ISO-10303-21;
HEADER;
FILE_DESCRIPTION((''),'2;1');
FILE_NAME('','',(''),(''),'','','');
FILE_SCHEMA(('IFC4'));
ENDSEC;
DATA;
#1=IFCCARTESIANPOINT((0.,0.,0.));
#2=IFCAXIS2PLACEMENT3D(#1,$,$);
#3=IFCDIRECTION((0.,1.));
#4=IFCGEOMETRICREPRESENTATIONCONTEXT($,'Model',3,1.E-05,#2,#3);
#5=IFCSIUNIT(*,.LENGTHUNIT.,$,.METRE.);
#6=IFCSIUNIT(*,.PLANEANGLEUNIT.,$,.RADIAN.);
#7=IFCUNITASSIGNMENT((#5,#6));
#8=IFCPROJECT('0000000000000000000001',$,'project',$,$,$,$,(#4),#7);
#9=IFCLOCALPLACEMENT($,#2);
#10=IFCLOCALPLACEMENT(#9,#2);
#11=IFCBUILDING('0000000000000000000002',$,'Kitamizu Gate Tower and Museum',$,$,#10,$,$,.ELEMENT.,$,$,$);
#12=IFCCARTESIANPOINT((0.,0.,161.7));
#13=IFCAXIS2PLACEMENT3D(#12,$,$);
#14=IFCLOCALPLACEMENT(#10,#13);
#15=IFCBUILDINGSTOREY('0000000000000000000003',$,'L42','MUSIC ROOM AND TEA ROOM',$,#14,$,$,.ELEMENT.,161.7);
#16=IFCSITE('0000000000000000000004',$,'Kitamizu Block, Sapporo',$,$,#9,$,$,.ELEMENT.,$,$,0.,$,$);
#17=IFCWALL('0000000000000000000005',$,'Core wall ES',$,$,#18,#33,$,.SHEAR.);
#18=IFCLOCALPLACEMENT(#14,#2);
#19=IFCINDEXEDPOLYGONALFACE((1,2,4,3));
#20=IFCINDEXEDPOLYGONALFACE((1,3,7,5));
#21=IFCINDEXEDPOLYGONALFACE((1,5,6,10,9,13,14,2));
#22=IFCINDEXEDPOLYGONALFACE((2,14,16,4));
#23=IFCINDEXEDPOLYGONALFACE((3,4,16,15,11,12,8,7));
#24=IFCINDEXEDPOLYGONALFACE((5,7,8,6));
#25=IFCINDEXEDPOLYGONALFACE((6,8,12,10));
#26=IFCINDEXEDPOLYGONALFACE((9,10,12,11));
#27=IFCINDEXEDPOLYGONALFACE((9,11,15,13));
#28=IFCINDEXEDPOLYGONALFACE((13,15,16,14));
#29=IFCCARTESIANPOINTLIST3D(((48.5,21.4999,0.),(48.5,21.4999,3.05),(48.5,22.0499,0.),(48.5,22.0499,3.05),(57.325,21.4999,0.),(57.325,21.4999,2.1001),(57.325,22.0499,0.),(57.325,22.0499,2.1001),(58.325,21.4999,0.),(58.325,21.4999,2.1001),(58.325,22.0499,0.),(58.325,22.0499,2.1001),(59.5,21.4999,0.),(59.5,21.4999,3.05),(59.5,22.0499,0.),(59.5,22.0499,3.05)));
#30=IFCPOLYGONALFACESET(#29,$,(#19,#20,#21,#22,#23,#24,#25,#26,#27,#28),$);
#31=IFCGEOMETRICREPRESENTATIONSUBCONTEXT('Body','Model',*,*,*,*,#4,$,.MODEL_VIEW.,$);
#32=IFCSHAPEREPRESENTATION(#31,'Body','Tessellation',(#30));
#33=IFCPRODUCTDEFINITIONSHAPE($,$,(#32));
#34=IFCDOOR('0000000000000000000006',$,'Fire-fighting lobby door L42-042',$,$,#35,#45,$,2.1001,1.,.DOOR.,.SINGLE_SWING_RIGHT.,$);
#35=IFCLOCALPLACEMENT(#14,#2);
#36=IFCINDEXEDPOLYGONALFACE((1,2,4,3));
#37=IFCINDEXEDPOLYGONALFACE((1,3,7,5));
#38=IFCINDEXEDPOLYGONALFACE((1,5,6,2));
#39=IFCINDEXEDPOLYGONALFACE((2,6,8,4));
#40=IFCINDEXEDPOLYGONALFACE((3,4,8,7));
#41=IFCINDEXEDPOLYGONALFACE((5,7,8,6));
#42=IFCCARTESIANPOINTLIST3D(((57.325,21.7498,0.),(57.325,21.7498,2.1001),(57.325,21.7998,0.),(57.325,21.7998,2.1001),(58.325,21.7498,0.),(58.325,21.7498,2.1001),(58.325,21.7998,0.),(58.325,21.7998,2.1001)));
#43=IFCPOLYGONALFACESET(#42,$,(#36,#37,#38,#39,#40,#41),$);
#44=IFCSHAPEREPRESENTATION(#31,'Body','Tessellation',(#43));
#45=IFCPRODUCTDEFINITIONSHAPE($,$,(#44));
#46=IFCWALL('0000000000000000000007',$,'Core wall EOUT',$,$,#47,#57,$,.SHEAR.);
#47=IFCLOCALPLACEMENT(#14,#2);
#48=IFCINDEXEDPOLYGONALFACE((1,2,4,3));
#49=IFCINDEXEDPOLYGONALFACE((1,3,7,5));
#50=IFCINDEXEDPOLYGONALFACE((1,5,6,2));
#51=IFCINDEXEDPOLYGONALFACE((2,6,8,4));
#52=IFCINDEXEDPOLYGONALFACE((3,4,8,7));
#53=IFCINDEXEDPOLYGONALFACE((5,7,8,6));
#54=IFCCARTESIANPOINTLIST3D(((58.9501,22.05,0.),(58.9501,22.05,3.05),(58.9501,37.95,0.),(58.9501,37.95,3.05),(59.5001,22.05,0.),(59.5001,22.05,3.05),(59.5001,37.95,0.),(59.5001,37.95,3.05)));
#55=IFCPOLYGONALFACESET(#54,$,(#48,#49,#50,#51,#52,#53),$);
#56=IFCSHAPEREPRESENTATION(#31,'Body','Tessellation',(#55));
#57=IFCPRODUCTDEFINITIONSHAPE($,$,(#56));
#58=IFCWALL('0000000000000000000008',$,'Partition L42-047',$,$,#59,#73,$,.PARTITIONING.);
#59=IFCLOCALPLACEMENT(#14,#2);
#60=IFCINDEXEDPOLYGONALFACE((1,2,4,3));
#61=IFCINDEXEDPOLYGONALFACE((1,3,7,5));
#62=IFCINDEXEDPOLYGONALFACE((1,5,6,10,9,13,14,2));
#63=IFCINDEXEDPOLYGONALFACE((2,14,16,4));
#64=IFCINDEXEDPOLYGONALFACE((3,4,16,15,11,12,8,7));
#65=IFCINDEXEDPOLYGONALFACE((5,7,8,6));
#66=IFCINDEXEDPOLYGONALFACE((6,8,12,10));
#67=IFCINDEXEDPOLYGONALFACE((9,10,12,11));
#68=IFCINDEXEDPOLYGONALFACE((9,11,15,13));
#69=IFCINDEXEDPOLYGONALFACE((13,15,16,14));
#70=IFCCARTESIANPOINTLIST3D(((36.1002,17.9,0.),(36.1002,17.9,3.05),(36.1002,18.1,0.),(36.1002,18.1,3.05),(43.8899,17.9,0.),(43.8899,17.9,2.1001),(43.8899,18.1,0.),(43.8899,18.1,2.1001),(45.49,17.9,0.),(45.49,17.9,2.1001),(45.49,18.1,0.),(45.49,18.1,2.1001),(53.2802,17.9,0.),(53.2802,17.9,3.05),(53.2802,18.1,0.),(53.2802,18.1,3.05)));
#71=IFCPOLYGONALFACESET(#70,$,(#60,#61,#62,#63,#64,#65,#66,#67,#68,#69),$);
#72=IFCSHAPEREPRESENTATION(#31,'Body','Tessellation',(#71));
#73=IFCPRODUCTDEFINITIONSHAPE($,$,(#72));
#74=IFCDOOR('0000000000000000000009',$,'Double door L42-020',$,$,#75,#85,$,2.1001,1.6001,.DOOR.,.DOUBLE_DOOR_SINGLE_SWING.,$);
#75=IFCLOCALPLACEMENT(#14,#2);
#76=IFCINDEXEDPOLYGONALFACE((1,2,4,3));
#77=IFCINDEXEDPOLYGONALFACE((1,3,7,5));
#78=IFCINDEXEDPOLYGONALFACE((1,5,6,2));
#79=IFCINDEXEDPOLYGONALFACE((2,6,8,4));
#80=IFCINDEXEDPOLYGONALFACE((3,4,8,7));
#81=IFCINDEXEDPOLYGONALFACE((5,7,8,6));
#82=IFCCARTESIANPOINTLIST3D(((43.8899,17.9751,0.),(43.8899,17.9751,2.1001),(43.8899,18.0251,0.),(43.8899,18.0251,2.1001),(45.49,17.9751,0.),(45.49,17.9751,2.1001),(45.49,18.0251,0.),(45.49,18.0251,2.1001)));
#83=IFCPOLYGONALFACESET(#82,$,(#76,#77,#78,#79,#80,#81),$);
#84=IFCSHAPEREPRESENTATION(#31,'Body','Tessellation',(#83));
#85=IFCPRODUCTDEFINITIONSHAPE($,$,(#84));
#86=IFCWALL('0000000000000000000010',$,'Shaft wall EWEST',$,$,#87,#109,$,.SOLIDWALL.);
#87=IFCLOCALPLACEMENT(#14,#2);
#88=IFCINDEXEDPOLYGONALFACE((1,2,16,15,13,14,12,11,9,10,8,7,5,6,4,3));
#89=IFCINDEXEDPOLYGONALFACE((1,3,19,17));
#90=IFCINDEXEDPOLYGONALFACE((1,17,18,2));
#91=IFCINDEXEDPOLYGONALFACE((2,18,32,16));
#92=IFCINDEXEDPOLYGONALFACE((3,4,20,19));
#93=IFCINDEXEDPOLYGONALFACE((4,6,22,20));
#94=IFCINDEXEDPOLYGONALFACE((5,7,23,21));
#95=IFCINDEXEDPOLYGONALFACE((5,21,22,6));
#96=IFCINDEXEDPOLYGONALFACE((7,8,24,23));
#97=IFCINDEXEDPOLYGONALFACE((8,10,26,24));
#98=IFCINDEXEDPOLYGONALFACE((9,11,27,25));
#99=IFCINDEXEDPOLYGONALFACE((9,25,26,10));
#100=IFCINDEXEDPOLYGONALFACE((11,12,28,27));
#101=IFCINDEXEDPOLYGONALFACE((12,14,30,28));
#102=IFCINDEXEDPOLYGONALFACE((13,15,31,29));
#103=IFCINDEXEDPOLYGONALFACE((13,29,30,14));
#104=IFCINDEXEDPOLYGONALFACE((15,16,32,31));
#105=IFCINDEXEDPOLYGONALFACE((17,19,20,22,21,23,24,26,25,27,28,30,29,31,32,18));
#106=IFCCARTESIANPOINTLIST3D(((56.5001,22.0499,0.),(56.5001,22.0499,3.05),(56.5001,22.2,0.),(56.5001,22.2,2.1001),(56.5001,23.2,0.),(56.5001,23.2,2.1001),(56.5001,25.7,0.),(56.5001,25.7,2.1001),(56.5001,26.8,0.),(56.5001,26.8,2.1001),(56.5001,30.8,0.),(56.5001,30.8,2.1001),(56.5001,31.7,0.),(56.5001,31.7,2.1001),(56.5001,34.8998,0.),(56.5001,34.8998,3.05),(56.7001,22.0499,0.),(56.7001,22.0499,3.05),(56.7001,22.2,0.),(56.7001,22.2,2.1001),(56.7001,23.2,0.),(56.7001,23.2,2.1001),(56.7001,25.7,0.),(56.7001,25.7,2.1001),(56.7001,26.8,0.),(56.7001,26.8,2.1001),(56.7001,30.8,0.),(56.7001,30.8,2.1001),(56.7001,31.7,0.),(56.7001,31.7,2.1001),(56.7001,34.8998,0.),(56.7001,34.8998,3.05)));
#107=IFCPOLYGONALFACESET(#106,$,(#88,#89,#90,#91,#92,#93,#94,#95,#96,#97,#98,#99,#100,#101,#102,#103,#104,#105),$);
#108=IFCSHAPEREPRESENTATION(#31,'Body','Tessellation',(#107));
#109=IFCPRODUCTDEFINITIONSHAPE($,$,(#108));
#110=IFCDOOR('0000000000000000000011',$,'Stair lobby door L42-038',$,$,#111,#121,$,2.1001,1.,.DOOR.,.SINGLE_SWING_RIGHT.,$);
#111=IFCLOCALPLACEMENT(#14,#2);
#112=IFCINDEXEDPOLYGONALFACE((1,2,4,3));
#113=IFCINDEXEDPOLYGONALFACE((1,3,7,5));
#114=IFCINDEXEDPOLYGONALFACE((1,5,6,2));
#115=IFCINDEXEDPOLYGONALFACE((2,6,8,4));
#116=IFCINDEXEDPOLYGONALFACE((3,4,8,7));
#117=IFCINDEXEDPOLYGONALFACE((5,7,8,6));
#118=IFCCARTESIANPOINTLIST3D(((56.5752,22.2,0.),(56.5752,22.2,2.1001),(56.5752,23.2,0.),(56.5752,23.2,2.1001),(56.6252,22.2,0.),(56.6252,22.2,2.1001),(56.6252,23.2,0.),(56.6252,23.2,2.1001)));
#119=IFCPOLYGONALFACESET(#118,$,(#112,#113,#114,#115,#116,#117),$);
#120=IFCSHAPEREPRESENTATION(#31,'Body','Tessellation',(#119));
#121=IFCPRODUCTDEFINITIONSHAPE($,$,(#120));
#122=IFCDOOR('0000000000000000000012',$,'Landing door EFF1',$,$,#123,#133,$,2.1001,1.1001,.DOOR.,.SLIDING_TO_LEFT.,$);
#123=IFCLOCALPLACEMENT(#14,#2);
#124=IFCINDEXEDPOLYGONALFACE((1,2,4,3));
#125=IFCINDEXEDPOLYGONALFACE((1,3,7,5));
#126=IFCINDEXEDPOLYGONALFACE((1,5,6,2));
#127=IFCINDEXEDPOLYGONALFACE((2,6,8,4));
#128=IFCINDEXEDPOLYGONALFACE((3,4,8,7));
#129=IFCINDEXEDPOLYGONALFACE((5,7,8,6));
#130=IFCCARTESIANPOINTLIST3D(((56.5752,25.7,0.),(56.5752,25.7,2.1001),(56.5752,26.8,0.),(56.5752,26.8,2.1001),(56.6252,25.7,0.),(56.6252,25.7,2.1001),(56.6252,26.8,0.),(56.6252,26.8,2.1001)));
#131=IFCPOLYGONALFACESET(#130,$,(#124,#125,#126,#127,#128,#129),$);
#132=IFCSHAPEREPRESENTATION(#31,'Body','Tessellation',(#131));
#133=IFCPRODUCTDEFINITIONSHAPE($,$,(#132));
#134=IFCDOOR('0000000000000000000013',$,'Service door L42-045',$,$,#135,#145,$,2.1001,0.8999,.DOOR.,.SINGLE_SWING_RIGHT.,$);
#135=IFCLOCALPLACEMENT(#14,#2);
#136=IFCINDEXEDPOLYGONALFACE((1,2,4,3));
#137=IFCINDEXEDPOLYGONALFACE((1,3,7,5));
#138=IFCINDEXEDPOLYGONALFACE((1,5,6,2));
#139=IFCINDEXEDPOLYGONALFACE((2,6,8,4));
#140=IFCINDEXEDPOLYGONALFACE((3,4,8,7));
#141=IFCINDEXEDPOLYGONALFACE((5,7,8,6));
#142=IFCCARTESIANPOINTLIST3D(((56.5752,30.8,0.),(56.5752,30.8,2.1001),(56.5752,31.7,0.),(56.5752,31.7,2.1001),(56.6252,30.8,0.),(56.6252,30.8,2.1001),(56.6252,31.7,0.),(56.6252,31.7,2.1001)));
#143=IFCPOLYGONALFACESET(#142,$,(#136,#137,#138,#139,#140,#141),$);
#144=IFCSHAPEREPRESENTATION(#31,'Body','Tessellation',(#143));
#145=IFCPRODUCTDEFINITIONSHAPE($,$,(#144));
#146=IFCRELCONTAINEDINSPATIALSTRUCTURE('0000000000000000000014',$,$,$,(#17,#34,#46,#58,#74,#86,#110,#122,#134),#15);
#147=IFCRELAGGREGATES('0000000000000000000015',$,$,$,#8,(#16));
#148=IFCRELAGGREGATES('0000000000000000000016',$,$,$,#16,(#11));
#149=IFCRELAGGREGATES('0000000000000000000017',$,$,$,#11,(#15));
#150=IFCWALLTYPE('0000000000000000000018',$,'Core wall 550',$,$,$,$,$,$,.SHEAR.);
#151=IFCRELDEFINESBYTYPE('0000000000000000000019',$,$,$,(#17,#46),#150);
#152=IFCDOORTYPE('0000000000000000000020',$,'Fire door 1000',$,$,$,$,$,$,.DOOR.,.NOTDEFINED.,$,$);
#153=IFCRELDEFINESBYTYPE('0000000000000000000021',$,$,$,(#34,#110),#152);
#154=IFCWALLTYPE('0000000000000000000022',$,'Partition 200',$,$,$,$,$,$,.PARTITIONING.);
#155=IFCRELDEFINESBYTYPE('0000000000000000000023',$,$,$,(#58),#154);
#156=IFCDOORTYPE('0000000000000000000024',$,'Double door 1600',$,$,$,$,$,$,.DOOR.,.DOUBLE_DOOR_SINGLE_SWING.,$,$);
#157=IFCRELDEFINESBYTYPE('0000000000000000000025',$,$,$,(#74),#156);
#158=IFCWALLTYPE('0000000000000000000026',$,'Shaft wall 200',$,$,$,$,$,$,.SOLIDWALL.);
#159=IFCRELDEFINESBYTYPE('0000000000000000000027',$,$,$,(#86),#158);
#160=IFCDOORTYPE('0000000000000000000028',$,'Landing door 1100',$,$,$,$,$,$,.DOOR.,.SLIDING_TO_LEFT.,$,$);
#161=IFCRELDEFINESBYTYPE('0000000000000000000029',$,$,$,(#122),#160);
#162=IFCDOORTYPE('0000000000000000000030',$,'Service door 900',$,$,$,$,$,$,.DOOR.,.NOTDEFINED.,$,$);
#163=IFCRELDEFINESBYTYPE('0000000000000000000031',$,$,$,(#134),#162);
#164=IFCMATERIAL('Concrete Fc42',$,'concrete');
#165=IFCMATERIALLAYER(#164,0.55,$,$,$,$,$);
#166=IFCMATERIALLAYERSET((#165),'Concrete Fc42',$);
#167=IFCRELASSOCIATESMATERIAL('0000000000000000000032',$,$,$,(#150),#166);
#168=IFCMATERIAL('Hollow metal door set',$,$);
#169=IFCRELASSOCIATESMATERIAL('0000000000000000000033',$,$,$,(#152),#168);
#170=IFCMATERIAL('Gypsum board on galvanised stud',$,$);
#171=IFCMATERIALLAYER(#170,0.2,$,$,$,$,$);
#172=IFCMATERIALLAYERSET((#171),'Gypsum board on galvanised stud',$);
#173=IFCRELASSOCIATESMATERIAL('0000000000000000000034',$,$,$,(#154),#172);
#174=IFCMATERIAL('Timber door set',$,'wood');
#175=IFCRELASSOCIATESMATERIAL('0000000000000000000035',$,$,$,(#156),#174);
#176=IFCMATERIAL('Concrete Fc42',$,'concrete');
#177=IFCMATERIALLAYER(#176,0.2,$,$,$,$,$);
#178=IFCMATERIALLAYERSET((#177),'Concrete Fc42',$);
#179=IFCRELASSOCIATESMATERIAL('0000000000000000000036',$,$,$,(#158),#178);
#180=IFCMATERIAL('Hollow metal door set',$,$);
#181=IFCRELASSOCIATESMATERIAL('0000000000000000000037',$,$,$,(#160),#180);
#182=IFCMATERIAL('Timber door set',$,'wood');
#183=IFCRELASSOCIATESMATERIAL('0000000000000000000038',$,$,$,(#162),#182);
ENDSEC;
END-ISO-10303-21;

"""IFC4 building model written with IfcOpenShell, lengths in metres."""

from ifc_helpers import new_model, si_unit, direction, frame, frame_2d, origin, place, context, subcontext, project, spatial, rectangle, extrude, material, layer, layer_set, type_object, element, fill, save


model = new_model("IFC4")

# Units and contexts
model_context = context("Model", 3, precision=1e-05, world=origin(), true_north=direction((0.0, 1.0)))
body_context = subcontext(model_context, "Body", "Model", "MODEL_VIEW")
ifc_project = project(units=[si_unit("LENGTHUNIT", "METRE"), si_unit("PLANEANGLEUNIT", "RADIAN")], contexts=[model_context])

# Site, building, storey
site_placement = place(None, origin())
site = spatial("IfcSite", under=ifc_project, at=site_placement, Name="Kitamizu Block, Sapporo", CompositionType="ELEMENT", RefElevation=0.0)
building_placement = place(site_placement, origin())
building = spatial("IfcBuilding", under=site, at=building_placement, Name="Kitamizu Gate Tower and Museum", CompositionType="ELEMENT")
storey_placement = place(building_placement, frame((0.0, 0.0, 161.7)))
storey = spatial("IfcBuildingStorey", under=building, at=storey_placement, Name="L42", Description="MUSIC ROOM AND TEA ROOM", CompositionType="ELEMENT", Elevation=161.7)

# Wall, opening, door
ifc_material_1 = material(Name="Concrete Fc42", Category="concrete")
ifc_layer_1 = layer(ifc_material_1, 0.55)
ifc_layer_set_1 = layer_set([ifc_layer_1], Name="Concrete Fc42")
wall_type_1 = type_object("IfcWallType", Name="Core wall 550", PredefinedType="SHEAR", material=ifc_layer_set_1)
wall_1_placement = place(storey_placement, frame((59.5, 21.7749, 0.0), z_axis=(0.0, 0.0, 1.0), x_axis=(-1.0, 0.0, 0.0)))
wall_1 = element("IfcWall", 1, at=wall_1_placement, inside=storey, type_object=wall_type_1, Name="Core wall ES", PredefinedType="SHEAR", context=body_context, shape_type="SweptSolid", body=[
    extrude(rectangle(XDim=11.0, YDim=0.55, at=frame_2d((5.5, 0.0))), origin(), (0.0, 0.0, 1.0), 3.05),
])
opening_1_placement = place(wall_1_placement, frame((1.175, 0.0, 0.0)))
opening_1 = element("IfcOpeningElement", 2, at=opening_1_placement, cuts=wall_1, PredefinedType="OPENING", context=body_context, shape_type="SweptSolid", body=[
    extrude(rectangle(XDim=1.0, YDim=2.1001, at=frame_2d((0.5, 1.05))), frame((0.0, 0.2852, 0.0), z_axis=(0.0, -1.0, 0.0), x_axis=(1.0, 0.0, 0.0)), (0.0, 0.0, 1.0), 0.5701),
])
ifc_material_2 = material(Name="Hollow metal door set")
door_type_1 = type_object("IfcDoorType", Name="Fire door 1000", OperationType="NOTDEFINED", PredefinedType="DOOR", material=ifc_material_2)
door_1_placement = place(opening_1_placement, frame((1.0, 0.0, 0.0), x_axis=(-1.0, 0.0, 0.0)))
door_1 = element("IfcDoor", 3, at=door_1_placement, inside=storey, type_object=door_type_1, Name="Fire-fighting lobby door L42-042", OperationType="SINGLE_SWING_RIGHT", OverallHeight=2.1001, OverallWidth=1.0, PredefinedType="DOOR", context=body_context, shape_type="SweptSolid", body=[
    extrude(rectangle(XDim=1.0, YDim=2.1001, at=frame_2d((0.5, 1.05))), frame((0.0, 0.0249, 0.0), z_axis=(0.0, -1.0, 0.0), x_axis=(1.0, 0.0, 0.0)), (0.0, 0.0, 1.0), 0.05),
])
fill(opening_1, door_1)

# Wall
wall_2_placement = place(storey_placement, frame((59.2251, 22.05, 0.0), z_axis=(0.0, 0.0, 1.0), x_axis=(0.0, 1.0, 0.0)))
element("IfcWall", 4, at=wall_2_placement, inside=storey, type_object=wall_type_1, Name="Core wall EOUT", PredefinedType="SHEAR", context=body_context, shape_type="SweptSolid", body=[
    extrude(rectangle(XDim=15.8999, YDim=0.55, at=frame_2d((7.95, 0.0))), origin(), (0.0, 0.0, 1.0), 3.05),
])

# Wall, opening, door
ifc_material_3 = material(Name="Gypsum board on galvanised stud")
ifc_layer_2 = layer(ifc_material_3, 0.2)
ifc_layer_set_2 = layer_set([ifc_layer_2], Name="Gypsum board on galvanised stud")
wall_type_2 = type_object("IfcWallType", Name="Partition 200", PredefinedType="PARTITIONING", material=ifc_layer_set_2)
wall_3_placement = place(storey_placement, frame((53.28, 18.0, 0.0), z_axis=(0.0, 0.0, 1.0), x_axis=(-1.0, 0.0, 0.0)))
wall_3 = element("IfcWall", 5, at=wall_3_placement, inside=storey, type_object=wall_type_2, Name="Partition L42-047", PredefinedType="PARTITIONING", context=body_context, shape_type="SweptSolid", body=[
    extrude(rectangle(XDim=17.1799, YDim=0.2, at=frame_2d((8.5898, 0.0))), origin(), (0.0, 0.0, 1.0), 3.05),
])
opening_2_placement = place(wall_3_placement, frame((7.79, 0.0, 0.0)))
opening_2 = element("IfcOpeningElement", 6, at=opening_2_placement, cuts=wall_3, PredefinedType="OPENING", context=body_context, shape_type="SweptSolid", body=[
    extrude(rectangle(XDim=1.6001, YDim=2.1001, at=frame_2d((0.8, 1.05))), frame((0.0, 0.1099, 0.0), z_axis=(0.0, -1.0, 0.0), x_axis=(1.0, 0.0, 0.0)), (0.0, 0.0, 1.0), 0.22),
])
ifc_material_4 = material(Name="Timber door set", Category="wood")
door_type_2 = type_object("IfcDoorType", Name="Double door 1600", OperationType="DOUBLE_DOOR_SINGLE_SWING", PredefinedType="DOOR", material=ifc_material_4)
door_2_placement = place(opening_2_placement, origin())
door_2 = element("IfcDoor", 7, at=door_2_placement, inside=storey, type_object=door_type_2, Name="Double door L42-020", OperationType="DOUBLE_DOOR_SINGLE_SWING", OverallHeight=2.1001, OverallWidth=1.6001, PredefinedType="DOOR", context=body_context, shape_type="SweptSolid", body=[
    extrude(rectangle(XDim=1.6001, YDim=2.1001, at=frame_2d((0.8, 1.05))), frame((0.0, 0.0249, 0.0), z_axis=(0.0, -1.0, 0.0), x_axis=(1.0, 0.0, 0.0)), (0.0, 0.0, 1.0), 0.05),
])
fill(opening_2, door_2)

# Wall, openings, doors
ifc_material_5 = material(Name="Concrete Fc42", Category="concrete")
ifc_layer_3 = layer(ifc_material_5, 0.2)
ifc_layer_set_3 = layer_set([ifc_layer_3], Name="Concrete Fc42")
wall_type_3 = type_object("IfcWallType", Name="Shaft wall 200", PredefinedType="SOLIDWALL", material=ifc_layer_set_3)
wall_4_placement = place(storey_placement, frame((56.6001, 22.05, 0.0), z_axis=(0.0, 0.0, 1.0), x_axis=(0.0, 1.0, 0.0)))
wall_4 = element("IfcWall", 8, at=wall_4_placement, inside=storey, type_object=wall_type_3, Name="Shaft wall EWEST", PredefinedType="SOLIDWALL", context=body_context, shape_type="SweptSolid", body=[
    extrude(rectangle(XDim=12.8499, YDim=0.2, at=frame_2d((6.4248, 0.0))), origin(), (0.0, 0.0, 1.0), 3.05),
])
opening_3_placement = place(wall_4_placement, frame((3.6499, 0.0, 0.0)))
opening_3 = element("IfcOpeningElement", 9, at=opening_3_placement, cuts=wall_4, PredefinedType="OPENING", context=body_context, shape_type="SweptSolid", body=[
    extrude(rectangle(XDim=1.1001, YDim=2.1001, at=frame_2d((0.55, 1.05))), frame((0.0, 0.1099, 0.0), z_axis=(0.0, -1.0, 0.0), x_axis=(1.0, 0.0, 0.0)), (0.0, 0.0, 1.0), 0.22),
])
opening_4_placement = place(wall_4_placement, frame((0.1499, 0.0, 0.0)))
opening_4 = element("IfcOpeningElement", 10, at=opening_4_placement, cuts=wall_4, PredefinedType="OPENING", context=body_context, shape_type="SweptSolid", body=[
    extrude(rectangle(XDim=1.0, YDim=2.1001, at=frame_2d((0.5, 1.05))), frame((0.0, 0.1099, 0.0), z_axis=(0.0, -1.0, 0.0), x_axis=(1.0, 0.0, 0.0)), (0.0, 0.0, 1.0), 0.22),
])
opening_5_placement = place(wall_4_placement, frame((8.75, 0.0, 0.0)))
opening_5 = element("IfcOpeningElement", 11, at=opening_5_placement, cuts=wall_4, PredefinedType="OPENING", context=body_context, shape_type="SweptSolid", body=[
    extrude(rectangle(XDim=0.8999, YDim=2.1001, at=frame_2d((0.45, 1.05))), frame((0.0, 0.1099, 0.0), z_axis=(0.0, -1.0, 0.0), x_axis=(1.0, 0.0, 0.0)), (0.0, 0.0, 1.0), 0.22),
])
door_3_placement = place(opening_4_placement, origin())
door_3 = element("IfcDoor", 12, at=door_3_placement, inside=storey, type_object=door_type_1, Name="Stair lobby door L42-038", OperationType="SINGLE_SWING_RIGHT", OverallHeight=2.1001, OverallWidth=1.0, PredefinedType="DOOR", context=body_context, shape_type="SweptSolid", body=[
    extrude(rectangle(XDim=1.0, YDim=2.1001, at=frame_2d((0.5, 1.05))), frame((0.0, 0.0249, 0.0), z_axis=(0.0, -1.0, 0.0), x_axis=(1.0, 0.0, 0.0)), (0.0, 0.0, 1.0), 0.05),
])
fill(opening_4, door_3)
ifc_material_6 = material(Name="Hollow metal door set")
door_type_3 = type_object("IfcDoorType", Name="Landing door 1100", OperationType="SLIDING_TO_LEFT", PredefinedType="DOOR", material=ifc_material_6)
door_4_placement = place(opening_3_placement, origin())
door_4 = element("IfcDoor", 13, at=door_4_placement, inside=storey, type_object=door_type_3, Name="Landing door EFF1", OperationType="SLIDING_TO_LEFT", OverallHeight=2.1001, OverallWidth=1.1001, PredefinedType="DOOR", context=body_context, shape_type="SweptSolid", body=[
    extrude(rectangle(XDim=1.1001, YDim=2.1001, at=frame_2d((0.55, 1.05))), frame((0.0, 0.0249, 0.0), z_axis=(0.0, -1.0, 0.0), x_axis=(1.0, 0.0, 0.0)), (0.0, 0.0, 1.0), 0.05),
])
fill(opening_3, door_4)
ifc_material_7 = material(Name="Timber door set", Category="wood")
door_type_4 = type_object("IfcDoorType", Name="Service door 900", OperationType="NOTDEFINED", PredefinedType="DOOR", material=ifc_material_7)
door_5_placement = place(opening_5_placement, origin())
door_5 = element("IfcDoor", 14, at=door_5_placement, inside=storey, type_object=door_type_4, Name="Service door L42-045", OperationType="SINGLE_SWING_RIGHT", OverallHeight=2.1001, OverallWidth=0.8999, PredefinedType="DOOR", context=body_context, shape_type="SweptSolid", body=[
    extrude(rectangle(XDim=0.8999, YDim=2.1001, at=frame_2d((0.45, 1.05))), frame((0.0, 0.0249, 0.0), z_axis=(0.0, -1.0, 0.0), x_axis=(1.0, 0.0, 0.0)), (0.0, 0.0, 1.0), 0.05),
])
fill(opening_5, door_5)

save(model, "model.ifc")
